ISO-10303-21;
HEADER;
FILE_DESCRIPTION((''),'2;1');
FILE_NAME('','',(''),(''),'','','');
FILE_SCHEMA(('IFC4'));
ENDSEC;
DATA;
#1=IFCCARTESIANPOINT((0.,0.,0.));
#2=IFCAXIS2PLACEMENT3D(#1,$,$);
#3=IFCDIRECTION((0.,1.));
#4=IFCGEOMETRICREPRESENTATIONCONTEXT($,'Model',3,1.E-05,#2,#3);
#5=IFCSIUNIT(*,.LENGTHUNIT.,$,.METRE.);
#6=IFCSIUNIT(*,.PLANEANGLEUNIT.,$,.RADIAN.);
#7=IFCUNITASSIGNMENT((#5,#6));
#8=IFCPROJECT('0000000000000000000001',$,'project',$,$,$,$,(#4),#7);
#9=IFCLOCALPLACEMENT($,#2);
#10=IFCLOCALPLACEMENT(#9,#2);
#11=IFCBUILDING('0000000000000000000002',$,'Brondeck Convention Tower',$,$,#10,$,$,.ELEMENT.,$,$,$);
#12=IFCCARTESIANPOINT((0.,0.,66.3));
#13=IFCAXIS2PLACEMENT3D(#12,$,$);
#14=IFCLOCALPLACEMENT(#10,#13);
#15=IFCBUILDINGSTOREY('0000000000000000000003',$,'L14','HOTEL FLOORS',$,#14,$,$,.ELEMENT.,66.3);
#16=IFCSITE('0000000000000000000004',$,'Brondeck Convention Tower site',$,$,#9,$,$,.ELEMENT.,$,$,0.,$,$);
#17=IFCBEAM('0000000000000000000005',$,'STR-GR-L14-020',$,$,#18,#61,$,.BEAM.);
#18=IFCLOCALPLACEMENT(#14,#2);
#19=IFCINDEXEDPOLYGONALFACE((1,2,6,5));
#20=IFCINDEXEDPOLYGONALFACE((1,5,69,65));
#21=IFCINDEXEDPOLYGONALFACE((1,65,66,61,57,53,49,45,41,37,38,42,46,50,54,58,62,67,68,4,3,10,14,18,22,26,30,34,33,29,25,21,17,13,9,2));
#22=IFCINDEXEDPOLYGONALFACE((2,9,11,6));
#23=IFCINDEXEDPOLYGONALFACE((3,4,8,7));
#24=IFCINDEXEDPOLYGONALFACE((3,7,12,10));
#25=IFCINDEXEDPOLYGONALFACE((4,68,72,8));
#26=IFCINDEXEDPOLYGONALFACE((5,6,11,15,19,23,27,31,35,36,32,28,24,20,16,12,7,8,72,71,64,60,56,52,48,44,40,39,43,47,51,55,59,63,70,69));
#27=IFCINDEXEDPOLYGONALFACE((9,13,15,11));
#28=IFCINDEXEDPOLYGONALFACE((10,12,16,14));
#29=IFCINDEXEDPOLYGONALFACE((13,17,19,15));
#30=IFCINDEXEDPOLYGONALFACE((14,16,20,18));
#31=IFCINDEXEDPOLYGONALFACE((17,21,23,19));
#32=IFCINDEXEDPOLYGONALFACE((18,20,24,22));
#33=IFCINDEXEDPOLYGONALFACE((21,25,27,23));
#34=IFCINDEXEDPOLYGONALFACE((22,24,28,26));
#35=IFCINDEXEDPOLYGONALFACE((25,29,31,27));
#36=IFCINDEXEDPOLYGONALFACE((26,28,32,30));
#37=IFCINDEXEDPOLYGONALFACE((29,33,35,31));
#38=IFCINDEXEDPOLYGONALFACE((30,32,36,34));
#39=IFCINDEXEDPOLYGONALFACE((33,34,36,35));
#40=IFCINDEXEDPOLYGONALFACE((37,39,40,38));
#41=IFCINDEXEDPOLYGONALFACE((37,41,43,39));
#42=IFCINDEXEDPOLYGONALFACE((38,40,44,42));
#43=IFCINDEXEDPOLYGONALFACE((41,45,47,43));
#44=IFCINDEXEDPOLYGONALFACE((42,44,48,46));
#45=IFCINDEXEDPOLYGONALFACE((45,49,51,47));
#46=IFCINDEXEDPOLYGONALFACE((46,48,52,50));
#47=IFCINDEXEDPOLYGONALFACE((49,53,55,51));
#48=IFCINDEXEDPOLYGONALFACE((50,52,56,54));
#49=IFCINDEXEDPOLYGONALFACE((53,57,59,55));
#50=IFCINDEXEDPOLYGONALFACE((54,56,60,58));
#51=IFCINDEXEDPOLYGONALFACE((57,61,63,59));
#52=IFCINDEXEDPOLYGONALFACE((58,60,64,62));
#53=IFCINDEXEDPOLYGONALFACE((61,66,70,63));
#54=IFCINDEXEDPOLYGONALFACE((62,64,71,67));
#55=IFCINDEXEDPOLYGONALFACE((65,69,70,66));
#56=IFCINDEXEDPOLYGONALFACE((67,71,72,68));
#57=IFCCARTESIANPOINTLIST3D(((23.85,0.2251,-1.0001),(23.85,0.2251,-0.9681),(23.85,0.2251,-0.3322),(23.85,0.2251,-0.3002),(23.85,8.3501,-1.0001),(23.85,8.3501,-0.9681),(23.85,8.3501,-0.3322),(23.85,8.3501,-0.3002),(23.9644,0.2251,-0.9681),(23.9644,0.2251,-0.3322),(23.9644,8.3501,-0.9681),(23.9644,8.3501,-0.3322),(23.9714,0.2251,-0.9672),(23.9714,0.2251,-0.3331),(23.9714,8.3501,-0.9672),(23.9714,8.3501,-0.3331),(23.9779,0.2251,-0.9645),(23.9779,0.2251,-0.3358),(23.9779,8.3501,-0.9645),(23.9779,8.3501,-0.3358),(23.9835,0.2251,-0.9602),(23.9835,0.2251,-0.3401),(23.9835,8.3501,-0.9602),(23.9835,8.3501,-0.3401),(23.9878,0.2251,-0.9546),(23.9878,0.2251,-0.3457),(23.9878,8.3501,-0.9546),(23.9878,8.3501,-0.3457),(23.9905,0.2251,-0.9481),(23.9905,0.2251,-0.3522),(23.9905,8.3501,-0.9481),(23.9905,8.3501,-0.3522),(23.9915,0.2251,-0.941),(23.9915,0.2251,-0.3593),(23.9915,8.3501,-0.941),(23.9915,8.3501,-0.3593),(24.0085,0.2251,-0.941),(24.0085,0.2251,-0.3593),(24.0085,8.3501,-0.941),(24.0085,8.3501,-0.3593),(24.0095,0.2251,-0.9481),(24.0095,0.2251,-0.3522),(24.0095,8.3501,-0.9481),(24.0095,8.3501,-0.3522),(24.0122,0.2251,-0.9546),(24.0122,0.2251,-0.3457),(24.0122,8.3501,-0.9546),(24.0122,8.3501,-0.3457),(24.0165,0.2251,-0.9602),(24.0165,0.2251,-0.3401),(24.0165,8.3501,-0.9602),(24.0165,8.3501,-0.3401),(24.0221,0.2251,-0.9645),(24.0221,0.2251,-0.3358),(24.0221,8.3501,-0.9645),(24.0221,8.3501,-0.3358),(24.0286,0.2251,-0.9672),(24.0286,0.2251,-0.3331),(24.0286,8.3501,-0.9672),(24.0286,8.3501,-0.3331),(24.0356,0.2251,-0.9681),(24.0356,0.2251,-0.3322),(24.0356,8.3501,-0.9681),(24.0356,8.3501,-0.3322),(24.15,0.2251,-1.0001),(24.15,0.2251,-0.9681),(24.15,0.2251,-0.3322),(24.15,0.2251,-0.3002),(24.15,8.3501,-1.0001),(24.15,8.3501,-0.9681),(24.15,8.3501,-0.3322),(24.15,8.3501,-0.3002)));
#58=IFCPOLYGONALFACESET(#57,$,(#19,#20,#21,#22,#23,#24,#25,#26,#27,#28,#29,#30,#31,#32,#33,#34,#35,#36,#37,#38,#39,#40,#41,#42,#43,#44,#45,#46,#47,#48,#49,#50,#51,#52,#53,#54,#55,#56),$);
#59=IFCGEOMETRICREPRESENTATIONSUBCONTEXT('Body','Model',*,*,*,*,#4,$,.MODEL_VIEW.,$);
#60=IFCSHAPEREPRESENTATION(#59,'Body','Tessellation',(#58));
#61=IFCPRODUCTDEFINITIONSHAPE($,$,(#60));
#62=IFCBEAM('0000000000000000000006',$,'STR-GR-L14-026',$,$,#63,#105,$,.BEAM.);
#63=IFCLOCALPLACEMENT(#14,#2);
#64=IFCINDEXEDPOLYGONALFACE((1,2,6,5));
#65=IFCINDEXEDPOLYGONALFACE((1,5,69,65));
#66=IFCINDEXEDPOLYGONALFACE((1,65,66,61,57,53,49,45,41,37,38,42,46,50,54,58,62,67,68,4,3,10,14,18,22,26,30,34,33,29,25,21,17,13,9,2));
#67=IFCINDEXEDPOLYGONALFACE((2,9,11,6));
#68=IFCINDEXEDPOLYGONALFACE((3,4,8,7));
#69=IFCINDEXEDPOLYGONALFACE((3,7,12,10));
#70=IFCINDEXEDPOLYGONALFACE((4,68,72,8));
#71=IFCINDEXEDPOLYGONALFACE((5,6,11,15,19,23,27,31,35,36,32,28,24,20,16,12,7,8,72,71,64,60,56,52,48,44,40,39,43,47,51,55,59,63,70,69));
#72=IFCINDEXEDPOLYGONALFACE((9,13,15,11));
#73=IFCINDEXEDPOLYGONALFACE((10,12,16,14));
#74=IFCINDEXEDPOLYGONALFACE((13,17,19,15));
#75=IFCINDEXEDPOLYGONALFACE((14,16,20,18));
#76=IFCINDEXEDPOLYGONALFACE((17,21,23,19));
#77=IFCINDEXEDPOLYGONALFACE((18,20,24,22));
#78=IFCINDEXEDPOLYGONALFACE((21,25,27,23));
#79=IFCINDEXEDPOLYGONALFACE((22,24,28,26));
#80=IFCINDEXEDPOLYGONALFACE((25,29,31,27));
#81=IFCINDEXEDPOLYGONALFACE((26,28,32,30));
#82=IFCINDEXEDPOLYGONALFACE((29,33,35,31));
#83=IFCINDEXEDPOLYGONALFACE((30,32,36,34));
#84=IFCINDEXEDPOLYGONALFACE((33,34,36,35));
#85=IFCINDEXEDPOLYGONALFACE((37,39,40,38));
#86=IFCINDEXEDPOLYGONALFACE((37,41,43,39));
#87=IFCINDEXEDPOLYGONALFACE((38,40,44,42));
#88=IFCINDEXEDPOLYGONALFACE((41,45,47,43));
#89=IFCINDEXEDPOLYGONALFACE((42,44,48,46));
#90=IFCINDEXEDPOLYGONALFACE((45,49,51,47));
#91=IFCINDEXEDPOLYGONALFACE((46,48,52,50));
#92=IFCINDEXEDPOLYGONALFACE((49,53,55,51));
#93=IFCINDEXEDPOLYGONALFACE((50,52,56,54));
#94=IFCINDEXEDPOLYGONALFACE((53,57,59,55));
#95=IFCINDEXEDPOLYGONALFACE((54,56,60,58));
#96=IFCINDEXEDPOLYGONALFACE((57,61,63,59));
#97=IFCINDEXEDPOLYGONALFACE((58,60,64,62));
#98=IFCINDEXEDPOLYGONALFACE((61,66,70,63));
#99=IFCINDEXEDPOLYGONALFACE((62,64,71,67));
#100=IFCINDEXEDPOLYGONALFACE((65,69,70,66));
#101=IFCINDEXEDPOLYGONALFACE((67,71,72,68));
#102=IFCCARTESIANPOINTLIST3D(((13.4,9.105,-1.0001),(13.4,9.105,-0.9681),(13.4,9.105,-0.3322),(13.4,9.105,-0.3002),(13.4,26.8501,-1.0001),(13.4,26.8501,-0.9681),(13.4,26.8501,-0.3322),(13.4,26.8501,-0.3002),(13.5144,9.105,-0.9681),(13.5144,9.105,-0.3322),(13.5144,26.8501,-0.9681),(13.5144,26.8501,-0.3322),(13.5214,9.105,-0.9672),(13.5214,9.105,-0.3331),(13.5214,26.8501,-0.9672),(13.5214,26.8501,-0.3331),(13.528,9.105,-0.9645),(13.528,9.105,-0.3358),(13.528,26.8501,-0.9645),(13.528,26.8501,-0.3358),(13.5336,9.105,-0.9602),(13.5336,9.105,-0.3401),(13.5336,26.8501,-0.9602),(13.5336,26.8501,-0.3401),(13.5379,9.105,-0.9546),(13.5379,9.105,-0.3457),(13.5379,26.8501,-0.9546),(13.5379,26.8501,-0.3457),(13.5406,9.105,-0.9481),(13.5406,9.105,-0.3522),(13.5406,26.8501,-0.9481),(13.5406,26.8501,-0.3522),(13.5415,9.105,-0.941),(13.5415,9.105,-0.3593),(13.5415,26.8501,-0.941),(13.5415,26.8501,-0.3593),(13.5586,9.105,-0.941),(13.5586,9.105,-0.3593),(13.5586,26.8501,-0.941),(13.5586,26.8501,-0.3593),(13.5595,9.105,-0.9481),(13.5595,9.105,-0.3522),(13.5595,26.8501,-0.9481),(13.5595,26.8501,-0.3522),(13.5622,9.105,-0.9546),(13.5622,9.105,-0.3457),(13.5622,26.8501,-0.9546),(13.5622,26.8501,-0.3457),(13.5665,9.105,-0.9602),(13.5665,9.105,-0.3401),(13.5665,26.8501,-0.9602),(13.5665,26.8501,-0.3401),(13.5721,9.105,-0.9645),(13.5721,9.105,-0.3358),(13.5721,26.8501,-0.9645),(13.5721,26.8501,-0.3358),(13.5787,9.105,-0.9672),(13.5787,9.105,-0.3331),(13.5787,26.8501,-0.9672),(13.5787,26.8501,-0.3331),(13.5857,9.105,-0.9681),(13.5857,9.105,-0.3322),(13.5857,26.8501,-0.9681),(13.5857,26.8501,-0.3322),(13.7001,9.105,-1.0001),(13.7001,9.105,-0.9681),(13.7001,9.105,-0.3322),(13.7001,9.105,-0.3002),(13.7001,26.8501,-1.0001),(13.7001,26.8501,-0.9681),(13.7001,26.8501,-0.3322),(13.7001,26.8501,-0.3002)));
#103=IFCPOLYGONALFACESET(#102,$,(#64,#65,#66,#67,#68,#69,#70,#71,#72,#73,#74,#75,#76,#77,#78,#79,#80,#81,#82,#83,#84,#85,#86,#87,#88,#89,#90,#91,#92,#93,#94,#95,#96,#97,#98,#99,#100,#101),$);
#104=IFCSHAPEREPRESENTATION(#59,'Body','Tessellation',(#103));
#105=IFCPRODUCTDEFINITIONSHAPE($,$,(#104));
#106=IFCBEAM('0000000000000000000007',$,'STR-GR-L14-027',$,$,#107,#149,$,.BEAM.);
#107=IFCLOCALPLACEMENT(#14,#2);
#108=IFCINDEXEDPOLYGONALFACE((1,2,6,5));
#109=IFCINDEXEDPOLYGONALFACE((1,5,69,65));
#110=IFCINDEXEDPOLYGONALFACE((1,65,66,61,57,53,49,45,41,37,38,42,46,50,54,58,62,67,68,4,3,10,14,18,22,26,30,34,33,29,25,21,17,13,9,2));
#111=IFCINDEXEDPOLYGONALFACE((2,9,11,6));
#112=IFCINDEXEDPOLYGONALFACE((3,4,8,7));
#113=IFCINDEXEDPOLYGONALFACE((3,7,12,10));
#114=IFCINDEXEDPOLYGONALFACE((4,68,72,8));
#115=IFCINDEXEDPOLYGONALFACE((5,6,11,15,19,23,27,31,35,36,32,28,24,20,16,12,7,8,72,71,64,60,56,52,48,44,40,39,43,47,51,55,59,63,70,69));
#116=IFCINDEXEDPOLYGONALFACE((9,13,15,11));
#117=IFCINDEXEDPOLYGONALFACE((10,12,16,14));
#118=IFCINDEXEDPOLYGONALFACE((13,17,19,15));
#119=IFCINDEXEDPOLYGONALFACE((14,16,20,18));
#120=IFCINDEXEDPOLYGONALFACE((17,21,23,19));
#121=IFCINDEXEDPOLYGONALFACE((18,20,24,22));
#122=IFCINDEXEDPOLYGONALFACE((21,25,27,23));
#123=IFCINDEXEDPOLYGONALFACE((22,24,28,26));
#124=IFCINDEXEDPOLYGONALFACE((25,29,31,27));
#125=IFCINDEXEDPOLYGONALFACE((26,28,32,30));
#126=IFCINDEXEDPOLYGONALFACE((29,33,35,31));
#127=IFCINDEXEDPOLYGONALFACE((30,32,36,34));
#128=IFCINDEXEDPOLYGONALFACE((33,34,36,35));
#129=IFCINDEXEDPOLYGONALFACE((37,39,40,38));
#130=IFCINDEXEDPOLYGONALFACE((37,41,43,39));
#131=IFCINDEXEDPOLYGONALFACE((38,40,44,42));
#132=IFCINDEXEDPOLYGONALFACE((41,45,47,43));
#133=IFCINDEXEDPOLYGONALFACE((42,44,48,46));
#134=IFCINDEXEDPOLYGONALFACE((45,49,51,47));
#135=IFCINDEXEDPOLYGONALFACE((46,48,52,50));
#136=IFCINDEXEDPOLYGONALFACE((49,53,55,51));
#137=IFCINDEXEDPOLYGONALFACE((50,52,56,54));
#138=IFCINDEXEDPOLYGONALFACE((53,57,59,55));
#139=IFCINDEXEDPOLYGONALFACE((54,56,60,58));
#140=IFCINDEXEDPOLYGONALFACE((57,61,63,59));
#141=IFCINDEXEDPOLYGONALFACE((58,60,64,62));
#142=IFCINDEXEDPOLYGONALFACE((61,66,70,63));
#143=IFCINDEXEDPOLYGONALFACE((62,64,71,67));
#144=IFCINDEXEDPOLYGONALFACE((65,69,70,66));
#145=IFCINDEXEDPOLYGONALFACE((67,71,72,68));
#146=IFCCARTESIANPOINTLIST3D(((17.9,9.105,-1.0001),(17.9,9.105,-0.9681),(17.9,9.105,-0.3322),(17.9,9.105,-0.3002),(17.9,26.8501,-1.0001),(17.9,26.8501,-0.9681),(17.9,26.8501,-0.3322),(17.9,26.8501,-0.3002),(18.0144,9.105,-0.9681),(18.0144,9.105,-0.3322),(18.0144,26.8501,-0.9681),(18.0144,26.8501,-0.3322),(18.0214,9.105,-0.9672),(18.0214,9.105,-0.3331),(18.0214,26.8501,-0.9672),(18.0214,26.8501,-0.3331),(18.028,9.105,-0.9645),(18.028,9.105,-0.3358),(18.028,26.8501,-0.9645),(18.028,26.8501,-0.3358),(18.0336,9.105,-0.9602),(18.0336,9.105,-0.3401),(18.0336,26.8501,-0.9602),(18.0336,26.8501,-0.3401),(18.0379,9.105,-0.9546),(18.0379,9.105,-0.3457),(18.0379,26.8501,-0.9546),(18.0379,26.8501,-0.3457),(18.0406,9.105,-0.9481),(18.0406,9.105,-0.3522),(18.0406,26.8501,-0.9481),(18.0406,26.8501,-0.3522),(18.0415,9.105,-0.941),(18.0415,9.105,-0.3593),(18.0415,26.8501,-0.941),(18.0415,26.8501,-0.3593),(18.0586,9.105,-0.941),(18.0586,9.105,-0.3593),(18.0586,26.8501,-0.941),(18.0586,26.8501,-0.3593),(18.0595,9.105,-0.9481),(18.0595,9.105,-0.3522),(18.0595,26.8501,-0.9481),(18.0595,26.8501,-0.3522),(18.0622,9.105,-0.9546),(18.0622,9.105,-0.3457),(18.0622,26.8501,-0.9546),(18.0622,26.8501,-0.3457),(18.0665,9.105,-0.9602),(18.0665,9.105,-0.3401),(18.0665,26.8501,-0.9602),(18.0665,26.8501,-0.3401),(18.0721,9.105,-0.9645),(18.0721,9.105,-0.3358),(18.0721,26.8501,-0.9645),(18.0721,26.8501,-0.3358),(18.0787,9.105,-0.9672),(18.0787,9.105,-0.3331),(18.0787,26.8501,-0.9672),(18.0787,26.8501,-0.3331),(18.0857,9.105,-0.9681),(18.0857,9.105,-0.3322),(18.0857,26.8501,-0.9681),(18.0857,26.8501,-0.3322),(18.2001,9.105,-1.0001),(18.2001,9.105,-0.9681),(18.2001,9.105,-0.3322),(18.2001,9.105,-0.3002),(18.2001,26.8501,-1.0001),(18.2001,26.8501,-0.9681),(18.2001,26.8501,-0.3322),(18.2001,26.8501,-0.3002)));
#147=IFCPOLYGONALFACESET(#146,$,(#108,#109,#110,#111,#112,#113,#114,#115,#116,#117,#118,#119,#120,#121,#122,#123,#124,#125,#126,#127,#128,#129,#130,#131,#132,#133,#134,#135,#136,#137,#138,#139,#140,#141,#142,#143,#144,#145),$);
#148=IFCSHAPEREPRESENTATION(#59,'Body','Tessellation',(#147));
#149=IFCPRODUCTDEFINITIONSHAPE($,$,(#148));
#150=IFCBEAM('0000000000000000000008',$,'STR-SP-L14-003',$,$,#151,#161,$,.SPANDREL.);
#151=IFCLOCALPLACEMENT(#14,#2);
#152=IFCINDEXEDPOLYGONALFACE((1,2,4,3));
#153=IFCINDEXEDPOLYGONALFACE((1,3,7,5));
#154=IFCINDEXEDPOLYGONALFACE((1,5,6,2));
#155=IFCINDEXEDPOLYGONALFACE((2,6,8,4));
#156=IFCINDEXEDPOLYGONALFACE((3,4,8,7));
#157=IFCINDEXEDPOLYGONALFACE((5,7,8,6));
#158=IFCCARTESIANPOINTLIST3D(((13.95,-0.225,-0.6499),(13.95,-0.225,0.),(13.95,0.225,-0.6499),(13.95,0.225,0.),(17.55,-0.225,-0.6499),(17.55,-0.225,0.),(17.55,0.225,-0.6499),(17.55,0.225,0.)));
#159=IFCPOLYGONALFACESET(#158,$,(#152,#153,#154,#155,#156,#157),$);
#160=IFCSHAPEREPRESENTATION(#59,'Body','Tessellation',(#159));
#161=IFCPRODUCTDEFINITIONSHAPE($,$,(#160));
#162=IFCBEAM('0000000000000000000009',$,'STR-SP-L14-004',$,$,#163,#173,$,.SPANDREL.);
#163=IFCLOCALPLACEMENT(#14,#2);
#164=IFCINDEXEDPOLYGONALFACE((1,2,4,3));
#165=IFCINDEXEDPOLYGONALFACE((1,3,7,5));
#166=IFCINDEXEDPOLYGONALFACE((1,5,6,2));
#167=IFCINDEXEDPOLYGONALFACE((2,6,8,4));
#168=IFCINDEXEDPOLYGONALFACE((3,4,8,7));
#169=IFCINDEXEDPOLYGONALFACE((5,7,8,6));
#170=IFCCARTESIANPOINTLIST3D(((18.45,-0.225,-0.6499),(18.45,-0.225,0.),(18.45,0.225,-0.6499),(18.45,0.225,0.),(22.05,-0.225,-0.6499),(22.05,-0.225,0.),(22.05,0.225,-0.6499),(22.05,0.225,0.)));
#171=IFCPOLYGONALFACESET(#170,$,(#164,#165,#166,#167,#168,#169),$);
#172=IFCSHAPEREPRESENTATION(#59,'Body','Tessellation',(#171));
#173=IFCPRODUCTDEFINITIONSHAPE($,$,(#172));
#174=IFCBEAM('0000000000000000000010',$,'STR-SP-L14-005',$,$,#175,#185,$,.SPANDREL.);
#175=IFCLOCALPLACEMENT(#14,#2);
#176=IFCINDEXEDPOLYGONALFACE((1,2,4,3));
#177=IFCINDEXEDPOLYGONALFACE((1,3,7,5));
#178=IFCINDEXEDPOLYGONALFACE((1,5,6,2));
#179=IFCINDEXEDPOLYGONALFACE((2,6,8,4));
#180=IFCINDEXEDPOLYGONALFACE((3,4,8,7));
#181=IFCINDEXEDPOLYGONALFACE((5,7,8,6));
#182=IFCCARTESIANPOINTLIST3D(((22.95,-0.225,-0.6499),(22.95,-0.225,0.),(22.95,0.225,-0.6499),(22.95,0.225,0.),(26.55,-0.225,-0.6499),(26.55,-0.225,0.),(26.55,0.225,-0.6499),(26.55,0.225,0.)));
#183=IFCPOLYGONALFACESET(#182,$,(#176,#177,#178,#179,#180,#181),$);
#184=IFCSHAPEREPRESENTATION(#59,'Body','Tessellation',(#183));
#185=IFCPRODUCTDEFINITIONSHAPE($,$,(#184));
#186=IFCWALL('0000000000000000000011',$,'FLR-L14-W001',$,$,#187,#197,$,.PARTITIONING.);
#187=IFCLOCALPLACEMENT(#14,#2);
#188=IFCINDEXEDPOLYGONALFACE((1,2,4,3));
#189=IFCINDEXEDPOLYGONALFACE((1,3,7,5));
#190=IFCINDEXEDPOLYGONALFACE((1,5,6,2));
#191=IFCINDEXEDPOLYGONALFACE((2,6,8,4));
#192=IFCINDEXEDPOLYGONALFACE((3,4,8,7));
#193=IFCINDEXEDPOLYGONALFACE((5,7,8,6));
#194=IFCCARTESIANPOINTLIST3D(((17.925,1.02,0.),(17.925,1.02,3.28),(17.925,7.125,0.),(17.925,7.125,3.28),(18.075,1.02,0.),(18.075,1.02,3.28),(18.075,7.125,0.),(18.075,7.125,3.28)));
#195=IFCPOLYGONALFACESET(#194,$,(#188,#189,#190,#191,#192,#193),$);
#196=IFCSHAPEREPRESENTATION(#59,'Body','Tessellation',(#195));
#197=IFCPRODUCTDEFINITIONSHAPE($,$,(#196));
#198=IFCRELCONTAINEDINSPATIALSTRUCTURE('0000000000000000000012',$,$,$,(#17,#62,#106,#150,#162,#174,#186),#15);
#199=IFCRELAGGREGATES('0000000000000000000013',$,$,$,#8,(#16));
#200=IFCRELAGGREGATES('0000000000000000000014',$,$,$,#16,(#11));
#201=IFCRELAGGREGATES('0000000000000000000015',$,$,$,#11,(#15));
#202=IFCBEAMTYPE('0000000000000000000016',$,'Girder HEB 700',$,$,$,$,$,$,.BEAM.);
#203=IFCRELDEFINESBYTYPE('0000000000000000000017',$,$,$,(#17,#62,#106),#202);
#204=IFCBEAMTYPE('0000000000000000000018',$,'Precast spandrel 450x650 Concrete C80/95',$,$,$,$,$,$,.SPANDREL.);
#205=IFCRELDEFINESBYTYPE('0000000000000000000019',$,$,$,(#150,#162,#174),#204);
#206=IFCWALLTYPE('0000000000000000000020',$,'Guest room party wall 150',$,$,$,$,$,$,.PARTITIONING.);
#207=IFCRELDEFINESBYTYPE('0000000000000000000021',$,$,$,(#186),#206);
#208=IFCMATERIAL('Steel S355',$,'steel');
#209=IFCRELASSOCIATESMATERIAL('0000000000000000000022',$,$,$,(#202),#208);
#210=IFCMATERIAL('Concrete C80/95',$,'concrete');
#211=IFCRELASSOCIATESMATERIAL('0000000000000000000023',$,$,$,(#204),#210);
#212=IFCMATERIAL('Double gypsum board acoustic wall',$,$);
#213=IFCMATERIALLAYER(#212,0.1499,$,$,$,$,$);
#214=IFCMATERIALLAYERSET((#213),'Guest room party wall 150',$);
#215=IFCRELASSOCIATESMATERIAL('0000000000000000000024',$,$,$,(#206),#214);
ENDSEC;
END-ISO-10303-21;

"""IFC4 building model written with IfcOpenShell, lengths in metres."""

from ifc_helpers import new_model, si_unit, direction, frame, frame_2d, origin, origin_2d, place, context, subcontext, project, spatial, rectangle, i_section, extrude, material, layer, layer_set, material_profile, profile_set, type_object, element, save


model = new_model("IFC4")

# Units and contexts
model_context = context("Model", 3, precision=1e-05, world=origin(), true_north=direction((0.0, 1.0)))
body_context = subcontext(model_context, "Body", "Model", "MODEL_VIEW")
ifc_project = project(units=[si_unit("LENGTHUNIT", "METRE"), si_unit("PLANEANGLEUNIT", "RADIAN")], contexts=[model_context])

# Site, building, storey
site_placement = place(None, origin())
site = spatial("IfcSite", under=ifc_project, at=site_placement, Name="Brondeck Convention Tower site", CompositionType="ELEMENT", RefElevation=0.0)
building_placement = place(site_placement, origin())
building = spatial("IfcBuilding", under=site, at=building_placement, Name="Brondeck Convention Tower", CompositionType="ELEMENT")
storey_placement = place(building_placement, frame((0.0, 0.0, 66.3)))
storey = spatial("IfcBuildingStorey", under=building, at=storey_placement, Name="L14", Description="HOTEL FLOORS", CompositionType="ELEMENT", Elevation=66.3)

# Shared definitions
ifc_material_1 = material(Name="Concrete C80/95", Category="concrete")

# Beams
ifc_material_2 = material(Name="Steel S355", Category="steel")
ifc_material_profile_1 = material_profile(ifc_material_2, i_section(OverallWidth=0.3, OverallDepth=0.7, WebThickness=0.0171, FlangeThickness=0.032, FilletRadius=0.0271, at=origin_2d()), Name="HEB 700")
ifc_profile_set_1 = profile_set([ifc_material_profile_1], Name="Steel S355")
beam_type_1 = type_object("IfcBeamType", Name="Girder HEB 700", PredefinedType="BEAM", material=ifc_profile_set_1)
beam_1_placement = place(storey_placement, frame((24.0, 8.3501, -0.6501), z_axis=(0.0, -1.0, 0.0), x_axis=(1.0, 0.0, 0.0)))
element("IfcBeam", 1, at=beam_1_placement, inside=storey, type_object=beam_type_1, Name="STR-GR-L14-020", PredefinedType="BEAM", context=body_context, shape_type="SweptSolid", body=[
    extrude(i_section(OverallWidth=0.3, OverallDepth=0.7, WebThickness=0.0171, FlangeThickness=0.032, FilletRadius=0.0271, at=origin_2d()), origin(), (0.0, 0.0, 1.0), 8.125),
])
for number, where, z_axis, x_axis, name in (
    (2, (13.55, 9.105, -0.6501), (0.0, 1.0, 0.0), (-1.0, 0.0, 0.0), "STR-GR-L14-026"),
    (3, (18.05, 9.105, -0.6501), (0.0, 1.0, 0.0), (-1.0, 0.0, 0.0), "STR-GR-L14-027"),
):
    element("IfcBeam", number, at=place(storey_placement, frame(where, z_axis=z_axis, x_axis=x_axis)), inside=storey, type_object=beam_type_1, Name=name, PredefinedType="BEAM", context=body_context, shape_type="SweptSolid", body=[
        extrude(i_section(OverallWidth=0.3, OverallDepth=0.7, WebThickness=0.0171, FlangeThickness=0.032, FilletRadius=0.0271, at=origin_2d()), origin(), (0.0, 0.0, 1.0), 17.7451),
    ])
ifc_material_profile_2 = material_profile(ifc_material_1, rectangle(XDim=0.45, YDim=0.6499, at=origin_2d()), Name="Precast spandrel 450x650 Concrete C80/95")
ifc_profile_set_2 = profile_set([ifc_material_profile_2], Name="Concrete C80/95")
beam_type_2 = type_object("IfcBeamType", Name="Precast spandrel 450x650 Concrete C80/95", PredefinedType="SPANDREL", material=ifc_profile_set_2)
for number, where, z_axis, x_axis, name in (
    (4, (13.95, 0.0, -0.325), (1.0, 0.0, 0.0), (0.0, 1.0, 0.0), "STR-SP-L14-003"),
    (5, (18.45, 0.0, -0.325), (1.0, 0.0, 0.0), (0.0, 1.0, 0.0), "STR-SP-L14-004"),
    (6, (22.95, 0.0, -0.325), (1.0, 0.0, 0.0), (0.0, 1.0, 0.0), "STR-SP-L14-005"),
):
    element("IfcBeam", number, at=place(storey_placement, frame(where, z_axis=z_axis, x_axis=x_axis)), inside=storey, type_object=beam_type_2, Name=name, PredefinedType="SPANDREL", context=body_context, shape_type="SweptSolid", body=[
        extrude(rectangle(XDim=0.45, YDim=0.6499, at=origin_2d()), origin(), (0.0, 0.0, 1.0), 3.6001),
    ])

# Wall
ifc_material_3 = material(Name="Double gypsum board acoustic wall")
ifc_layer_1 = layer(ifc_material_3, 0.1499)
ifc_layer_set_1 = layer_set([ifc_layer_1], Name="Guest room party wall 150")
wall_type_1 = type_object("IfcWallType", Name="Guest room party wall 150", PredefinedType="PARTITIONING", material=ifc_layer_set_1)
wall_1_placement = place(storey_placement, frame((18.0, 7.125, 0.0), z_axis=(0.0, 0.0, 1.0), x_axis=(0.0, -1.0, 0.0)))
element("IfcWall", 7, at=wall_1_placement, inside=storey, type_object=wall_type_1, Name="FLR-L14-W001", PredefinedType="PARTITIONING", context=body_context, shape_type="SweptSolid", body=[
    extrude(rectangle(XDim=6.105, YDim=0.1499, at=frame_2d((3.0525, 0.0))), origin(), (0.0, 0.0, 1.0), 3.28),
])

save(model, "model.ifc")
